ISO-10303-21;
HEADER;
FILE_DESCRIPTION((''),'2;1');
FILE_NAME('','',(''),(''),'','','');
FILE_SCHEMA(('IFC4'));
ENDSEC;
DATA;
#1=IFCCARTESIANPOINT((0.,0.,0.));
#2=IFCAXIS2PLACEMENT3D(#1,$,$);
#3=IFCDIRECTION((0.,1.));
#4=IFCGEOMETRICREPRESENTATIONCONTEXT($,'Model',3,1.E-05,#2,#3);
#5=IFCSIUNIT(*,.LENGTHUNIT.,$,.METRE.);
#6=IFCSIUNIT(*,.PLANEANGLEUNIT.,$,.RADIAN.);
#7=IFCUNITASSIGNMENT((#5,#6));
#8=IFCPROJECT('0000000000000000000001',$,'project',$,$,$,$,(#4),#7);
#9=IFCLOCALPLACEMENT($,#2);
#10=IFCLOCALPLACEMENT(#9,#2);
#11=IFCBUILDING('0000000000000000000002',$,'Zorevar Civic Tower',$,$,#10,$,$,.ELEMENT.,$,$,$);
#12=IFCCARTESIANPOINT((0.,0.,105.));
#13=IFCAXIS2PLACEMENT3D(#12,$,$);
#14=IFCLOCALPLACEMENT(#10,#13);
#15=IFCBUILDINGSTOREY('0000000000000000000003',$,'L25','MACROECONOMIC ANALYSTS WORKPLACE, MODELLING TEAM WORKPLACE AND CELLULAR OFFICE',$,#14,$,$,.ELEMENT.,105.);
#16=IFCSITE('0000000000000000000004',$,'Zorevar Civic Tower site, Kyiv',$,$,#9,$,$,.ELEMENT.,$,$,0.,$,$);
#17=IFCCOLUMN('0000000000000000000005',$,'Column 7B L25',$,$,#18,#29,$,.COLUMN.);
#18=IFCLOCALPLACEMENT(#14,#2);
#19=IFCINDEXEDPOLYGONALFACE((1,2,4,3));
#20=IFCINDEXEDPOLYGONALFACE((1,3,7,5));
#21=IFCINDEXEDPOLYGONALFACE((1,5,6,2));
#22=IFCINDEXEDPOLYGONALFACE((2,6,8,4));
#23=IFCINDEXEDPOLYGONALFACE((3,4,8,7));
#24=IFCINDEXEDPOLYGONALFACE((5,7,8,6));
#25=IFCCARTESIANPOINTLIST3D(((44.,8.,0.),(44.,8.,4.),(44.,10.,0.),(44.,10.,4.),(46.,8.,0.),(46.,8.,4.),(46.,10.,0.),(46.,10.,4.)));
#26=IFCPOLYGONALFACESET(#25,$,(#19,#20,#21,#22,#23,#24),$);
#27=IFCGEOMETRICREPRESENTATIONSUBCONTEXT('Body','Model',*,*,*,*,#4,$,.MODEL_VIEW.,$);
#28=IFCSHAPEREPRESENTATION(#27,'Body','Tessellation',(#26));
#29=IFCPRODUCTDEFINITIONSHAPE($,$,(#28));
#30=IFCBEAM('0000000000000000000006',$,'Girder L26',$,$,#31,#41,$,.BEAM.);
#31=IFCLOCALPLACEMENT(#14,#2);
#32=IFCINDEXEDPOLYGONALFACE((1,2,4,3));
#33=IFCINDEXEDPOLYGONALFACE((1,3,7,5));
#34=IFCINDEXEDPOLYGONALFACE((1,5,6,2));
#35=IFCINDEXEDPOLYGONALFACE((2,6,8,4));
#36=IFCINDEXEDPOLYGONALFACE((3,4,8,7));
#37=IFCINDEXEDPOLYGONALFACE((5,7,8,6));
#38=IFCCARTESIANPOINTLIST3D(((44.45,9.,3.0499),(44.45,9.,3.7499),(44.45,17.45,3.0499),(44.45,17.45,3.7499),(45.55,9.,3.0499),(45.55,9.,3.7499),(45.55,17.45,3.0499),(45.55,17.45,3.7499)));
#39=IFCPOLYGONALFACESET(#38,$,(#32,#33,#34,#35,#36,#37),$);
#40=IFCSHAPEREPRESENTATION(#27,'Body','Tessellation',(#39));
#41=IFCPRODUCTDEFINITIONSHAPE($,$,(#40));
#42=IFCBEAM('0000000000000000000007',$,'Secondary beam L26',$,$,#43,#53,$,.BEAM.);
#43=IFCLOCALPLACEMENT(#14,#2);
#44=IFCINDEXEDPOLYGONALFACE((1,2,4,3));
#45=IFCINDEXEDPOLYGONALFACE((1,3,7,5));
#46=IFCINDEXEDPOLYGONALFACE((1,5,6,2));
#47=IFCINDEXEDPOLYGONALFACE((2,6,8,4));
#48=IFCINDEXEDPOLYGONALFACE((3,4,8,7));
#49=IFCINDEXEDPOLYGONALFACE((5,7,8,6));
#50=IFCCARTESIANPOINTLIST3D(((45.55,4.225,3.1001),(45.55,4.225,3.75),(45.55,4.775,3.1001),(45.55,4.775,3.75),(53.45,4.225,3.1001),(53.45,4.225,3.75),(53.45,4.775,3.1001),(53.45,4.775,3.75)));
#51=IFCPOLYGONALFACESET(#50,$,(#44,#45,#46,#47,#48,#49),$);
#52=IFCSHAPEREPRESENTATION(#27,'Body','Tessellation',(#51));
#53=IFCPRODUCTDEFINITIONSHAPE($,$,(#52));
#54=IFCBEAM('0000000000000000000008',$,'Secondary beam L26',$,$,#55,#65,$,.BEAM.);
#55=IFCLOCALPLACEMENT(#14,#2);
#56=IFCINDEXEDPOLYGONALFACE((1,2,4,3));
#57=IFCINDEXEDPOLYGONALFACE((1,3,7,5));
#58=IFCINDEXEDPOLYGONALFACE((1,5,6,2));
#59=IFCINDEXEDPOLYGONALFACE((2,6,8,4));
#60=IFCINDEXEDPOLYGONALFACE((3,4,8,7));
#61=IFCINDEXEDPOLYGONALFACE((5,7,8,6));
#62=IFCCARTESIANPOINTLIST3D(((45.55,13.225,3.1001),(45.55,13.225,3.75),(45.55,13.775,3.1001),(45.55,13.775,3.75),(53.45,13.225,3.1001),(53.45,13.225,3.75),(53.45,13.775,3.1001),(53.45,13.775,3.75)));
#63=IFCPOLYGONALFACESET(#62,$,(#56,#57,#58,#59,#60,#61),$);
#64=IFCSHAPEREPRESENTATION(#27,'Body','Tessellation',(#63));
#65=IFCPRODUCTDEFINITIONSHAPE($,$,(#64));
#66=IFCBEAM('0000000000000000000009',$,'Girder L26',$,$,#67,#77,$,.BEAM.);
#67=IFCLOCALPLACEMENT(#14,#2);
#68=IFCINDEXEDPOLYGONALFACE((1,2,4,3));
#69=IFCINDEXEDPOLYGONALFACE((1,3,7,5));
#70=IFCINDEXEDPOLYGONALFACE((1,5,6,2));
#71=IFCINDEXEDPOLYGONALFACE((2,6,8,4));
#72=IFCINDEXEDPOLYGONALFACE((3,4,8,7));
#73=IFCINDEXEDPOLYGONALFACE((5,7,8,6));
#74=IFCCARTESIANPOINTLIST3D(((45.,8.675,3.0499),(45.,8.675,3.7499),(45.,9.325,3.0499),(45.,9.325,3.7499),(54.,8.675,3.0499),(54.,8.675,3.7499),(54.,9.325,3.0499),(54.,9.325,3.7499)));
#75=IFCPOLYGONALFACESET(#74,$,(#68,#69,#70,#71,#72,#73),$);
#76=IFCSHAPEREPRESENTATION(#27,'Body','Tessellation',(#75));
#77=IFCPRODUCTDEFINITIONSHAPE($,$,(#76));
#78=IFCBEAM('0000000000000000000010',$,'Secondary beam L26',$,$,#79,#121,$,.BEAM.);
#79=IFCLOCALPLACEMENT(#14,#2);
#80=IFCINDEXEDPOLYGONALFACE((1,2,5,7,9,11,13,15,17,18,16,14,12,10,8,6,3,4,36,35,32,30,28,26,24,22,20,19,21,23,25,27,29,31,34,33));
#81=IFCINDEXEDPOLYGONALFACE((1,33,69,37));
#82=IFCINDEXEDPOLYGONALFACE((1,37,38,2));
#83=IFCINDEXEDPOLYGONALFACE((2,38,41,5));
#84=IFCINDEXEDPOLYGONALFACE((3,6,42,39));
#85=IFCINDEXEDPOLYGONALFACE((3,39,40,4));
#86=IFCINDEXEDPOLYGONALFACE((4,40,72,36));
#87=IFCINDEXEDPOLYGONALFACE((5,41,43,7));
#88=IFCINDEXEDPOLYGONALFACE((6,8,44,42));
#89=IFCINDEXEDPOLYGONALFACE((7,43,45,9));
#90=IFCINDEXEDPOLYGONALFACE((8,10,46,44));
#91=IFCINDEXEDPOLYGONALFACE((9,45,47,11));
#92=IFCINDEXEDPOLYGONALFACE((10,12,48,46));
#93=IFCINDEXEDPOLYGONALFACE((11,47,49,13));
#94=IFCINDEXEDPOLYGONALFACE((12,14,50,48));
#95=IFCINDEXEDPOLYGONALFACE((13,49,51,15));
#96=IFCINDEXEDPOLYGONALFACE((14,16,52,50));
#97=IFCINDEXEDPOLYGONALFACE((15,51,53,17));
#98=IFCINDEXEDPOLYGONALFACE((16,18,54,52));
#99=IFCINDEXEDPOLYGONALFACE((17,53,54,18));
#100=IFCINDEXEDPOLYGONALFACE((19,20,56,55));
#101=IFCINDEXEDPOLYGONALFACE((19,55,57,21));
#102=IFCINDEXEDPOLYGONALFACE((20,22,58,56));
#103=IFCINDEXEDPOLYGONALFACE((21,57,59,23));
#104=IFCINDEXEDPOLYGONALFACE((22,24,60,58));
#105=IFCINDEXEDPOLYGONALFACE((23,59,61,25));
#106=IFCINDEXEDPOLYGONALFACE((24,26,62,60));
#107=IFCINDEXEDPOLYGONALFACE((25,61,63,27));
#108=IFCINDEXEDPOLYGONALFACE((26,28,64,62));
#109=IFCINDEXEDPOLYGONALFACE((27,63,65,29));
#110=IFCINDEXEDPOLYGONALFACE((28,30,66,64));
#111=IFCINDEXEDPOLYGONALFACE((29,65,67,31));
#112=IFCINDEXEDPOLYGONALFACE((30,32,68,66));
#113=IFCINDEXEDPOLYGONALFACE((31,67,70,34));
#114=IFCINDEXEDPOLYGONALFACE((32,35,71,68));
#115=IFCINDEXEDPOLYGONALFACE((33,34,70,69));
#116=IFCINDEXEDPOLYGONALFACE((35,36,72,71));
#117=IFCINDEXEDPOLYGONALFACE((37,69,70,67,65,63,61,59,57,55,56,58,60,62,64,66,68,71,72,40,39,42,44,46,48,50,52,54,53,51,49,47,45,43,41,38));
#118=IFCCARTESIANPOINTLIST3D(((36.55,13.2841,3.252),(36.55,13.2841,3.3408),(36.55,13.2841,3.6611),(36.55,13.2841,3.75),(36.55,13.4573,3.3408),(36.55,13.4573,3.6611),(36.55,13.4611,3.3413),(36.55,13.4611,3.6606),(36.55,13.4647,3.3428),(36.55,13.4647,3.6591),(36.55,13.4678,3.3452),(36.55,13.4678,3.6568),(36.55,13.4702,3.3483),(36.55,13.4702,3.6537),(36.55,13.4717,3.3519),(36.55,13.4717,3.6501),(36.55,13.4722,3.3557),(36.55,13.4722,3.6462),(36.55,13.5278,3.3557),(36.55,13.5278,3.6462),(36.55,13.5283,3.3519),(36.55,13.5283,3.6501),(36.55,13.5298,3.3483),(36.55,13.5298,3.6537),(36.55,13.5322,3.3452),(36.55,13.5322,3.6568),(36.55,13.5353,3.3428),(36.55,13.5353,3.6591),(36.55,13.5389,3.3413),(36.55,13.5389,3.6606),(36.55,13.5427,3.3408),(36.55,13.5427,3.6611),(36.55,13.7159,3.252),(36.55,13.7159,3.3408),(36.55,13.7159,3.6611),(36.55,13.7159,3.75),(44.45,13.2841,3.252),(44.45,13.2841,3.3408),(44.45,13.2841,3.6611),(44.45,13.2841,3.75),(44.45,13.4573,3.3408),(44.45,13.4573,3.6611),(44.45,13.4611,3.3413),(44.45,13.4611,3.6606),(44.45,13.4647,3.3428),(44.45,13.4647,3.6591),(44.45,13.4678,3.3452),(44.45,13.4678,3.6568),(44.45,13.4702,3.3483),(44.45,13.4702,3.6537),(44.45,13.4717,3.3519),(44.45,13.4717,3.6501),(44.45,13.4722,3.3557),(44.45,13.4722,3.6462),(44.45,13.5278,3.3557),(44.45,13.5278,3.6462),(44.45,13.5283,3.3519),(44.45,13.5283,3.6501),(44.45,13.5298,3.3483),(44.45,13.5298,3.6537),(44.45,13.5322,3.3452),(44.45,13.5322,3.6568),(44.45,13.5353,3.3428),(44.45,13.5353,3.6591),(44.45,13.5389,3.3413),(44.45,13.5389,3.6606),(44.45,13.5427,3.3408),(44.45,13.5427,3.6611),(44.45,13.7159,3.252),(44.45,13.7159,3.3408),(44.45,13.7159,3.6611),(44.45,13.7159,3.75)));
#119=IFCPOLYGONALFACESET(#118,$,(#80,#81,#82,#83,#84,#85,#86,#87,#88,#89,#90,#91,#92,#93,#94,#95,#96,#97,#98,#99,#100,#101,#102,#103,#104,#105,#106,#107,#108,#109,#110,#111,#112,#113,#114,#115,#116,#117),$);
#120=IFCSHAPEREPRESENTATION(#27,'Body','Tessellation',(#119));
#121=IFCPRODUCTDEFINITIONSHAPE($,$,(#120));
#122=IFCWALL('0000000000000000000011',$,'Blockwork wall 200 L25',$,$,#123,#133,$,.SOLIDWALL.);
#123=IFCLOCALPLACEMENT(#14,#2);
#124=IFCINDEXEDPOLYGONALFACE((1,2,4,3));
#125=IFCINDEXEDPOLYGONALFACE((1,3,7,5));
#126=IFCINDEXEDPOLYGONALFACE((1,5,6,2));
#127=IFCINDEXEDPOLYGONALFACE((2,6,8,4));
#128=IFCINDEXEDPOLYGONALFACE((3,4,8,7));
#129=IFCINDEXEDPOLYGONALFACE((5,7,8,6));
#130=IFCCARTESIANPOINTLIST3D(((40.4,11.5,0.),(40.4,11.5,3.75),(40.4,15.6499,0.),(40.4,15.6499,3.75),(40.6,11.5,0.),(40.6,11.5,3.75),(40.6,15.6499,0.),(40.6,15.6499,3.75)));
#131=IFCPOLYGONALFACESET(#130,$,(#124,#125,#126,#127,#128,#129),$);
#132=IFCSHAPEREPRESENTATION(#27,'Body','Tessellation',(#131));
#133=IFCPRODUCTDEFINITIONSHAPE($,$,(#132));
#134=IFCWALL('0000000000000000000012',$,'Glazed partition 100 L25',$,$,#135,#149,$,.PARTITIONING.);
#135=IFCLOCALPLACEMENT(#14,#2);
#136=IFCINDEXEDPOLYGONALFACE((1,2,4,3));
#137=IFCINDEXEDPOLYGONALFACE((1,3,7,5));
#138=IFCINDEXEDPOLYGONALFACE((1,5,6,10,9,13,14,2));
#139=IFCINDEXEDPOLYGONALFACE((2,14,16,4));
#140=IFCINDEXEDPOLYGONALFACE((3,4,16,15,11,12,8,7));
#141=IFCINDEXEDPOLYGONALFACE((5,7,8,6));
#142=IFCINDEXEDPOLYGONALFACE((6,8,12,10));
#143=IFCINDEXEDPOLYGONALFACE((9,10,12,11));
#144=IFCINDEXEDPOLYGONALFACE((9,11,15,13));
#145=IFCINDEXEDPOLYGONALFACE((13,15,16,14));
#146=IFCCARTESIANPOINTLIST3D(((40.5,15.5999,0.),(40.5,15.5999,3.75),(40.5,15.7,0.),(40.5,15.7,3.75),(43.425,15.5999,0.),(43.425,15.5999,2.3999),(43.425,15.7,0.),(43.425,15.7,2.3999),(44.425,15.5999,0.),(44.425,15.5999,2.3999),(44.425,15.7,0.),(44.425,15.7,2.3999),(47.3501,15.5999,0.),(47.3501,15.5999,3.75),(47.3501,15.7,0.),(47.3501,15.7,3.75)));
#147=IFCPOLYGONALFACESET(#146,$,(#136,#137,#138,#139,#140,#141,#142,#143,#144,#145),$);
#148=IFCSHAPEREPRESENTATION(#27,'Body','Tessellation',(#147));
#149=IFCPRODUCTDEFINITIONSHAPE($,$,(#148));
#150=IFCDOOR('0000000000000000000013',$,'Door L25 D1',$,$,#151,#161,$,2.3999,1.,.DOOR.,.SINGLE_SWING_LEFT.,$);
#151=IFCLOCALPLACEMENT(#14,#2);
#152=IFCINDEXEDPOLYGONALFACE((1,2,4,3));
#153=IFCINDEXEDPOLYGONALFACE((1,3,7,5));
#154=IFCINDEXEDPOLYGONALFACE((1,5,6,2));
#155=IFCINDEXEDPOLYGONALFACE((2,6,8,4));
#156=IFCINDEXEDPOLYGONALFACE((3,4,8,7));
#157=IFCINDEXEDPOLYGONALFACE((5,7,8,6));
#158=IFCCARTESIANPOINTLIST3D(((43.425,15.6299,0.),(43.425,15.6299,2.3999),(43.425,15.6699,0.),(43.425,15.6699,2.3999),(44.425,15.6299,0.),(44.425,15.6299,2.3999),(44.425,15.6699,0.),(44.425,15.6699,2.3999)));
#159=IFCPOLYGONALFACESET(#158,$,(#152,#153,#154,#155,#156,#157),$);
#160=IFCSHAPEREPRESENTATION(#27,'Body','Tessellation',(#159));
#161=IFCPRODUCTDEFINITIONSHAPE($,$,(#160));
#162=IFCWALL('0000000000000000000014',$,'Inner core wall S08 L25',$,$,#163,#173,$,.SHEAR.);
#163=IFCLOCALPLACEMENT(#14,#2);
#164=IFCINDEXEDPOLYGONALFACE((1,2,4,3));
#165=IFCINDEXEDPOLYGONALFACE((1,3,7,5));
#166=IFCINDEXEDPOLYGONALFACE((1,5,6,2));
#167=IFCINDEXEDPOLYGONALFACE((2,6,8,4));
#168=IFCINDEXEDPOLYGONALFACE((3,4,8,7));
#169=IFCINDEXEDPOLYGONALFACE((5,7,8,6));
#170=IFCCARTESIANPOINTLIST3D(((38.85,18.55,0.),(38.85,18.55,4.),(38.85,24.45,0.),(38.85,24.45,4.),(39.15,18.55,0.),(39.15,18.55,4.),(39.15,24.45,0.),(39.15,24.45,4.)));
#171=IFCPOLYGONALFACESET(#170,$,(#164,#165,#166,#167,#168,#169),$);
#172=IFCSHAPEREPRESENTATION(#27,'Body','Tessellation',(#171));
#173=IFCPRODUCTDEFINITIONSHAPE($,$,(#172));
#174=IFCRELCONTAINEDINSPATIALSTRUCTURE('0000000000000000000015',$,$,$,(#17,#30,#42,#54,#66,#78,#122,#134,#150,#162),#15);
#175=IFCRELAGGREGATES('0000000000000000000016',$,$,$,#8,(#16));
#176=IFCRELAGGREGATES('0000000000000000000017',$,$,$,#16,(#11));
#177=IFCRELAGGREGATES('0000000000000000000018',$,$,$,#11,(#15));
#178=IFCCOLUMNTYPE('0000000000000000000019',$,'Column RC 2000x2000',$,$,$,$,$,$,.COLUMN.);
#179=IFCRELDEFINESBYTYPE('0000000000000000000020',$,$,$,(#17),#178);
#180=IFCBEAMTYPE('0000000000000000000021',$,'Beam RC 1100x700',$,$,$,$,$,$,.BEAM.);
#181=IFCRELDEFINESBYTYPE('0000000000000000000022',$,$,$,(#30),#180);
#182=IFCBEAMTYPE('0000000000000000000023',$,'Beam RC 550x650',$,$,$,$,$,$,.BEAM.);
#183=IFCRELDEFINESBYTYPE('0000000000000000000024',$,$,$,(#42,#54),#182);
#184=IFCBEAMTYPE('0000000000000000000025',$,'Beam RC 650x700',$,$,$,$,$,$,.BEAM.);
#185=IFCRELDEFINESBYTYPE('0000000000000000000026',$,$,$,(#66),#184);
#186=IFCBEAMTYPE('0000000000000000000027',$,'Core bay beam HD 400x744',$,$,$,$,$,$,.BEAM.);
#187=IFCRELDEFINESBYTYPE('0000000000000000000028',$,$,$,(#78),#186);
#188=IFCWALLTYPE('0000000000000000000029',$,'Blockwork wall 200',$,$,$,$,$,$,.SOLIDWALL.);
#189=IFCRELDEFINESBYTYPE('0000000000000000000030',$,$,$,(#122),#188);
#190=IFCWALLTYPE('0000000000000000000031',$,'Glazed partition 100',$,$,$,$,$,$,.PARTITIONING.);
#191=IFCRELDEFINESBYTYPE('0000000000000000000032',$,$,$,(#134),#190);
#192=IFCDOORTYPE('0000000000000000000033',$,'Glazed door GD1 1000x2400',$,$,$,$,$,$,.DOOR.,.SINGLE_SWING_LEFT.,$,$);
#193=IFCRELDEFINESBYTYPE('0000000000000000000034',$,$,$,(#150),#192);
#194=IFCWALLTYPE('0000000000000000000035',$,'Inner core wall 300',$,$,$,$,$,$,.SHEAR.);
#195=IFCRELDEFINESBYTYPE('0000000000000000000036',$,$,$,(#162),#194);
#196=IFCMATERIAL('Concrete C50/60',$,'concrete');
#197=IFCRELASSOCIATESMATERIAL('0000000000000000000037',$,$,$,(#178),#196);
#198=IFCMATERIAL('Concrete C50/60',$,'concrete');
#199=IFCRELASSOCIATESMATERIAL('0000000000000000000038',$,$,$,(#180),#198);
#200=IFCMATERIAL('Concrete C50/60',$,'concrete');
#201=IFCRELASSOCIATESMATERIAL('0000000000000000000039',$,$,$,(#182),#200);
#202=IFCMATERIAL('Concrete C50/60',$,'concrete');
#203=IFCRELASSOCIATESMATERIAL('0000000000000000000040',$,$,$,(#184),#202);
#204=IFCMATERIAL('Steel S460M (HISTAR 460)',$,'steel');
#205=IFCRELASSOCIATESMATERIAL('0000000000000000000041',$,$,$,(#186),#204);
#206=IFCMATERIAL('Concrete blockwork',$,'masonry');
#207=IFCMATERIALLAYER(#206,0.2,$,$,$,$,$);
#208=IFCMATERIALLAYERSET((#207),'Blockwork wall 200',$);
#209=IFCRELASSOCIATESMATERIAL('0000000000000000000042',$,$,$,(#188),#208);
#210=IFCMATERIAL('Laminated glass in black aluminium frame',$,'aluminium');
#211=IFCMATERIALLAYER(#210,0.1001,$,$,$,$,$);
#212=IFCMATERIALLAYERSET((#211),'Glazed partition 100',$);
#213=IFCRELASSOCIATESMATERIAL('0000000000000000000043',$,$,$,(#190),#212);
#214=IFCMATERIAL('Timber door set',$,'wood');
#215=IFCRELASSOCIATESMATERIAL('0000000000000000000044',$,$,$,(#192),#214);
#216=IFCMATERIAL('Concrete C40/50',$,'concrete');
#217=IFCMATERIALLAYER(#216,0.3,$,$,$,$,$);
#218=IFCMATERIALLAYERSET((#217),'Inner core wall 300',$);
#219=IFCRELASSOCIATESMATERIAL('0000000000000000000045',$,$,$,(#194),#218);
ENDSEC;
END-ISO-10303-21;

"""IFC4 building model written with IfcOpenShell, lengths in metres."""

from ifc_helpers import new_model, si_unit, direction, frame, frame_2d, origin, origin_2d, place, context, subcontext, project, spatial, rectangle, i_section, extrude, material, layer, layer_set, material_profile, profile_set, type_object, element, fill, save


model = new_model("IFC4")

# Units and contexts
model_context = context("Model", 3, precision=1e-05, world=origin(), true_north=direction((0.0, 1.0)))
body_context = subcontext(model_context, "Body", "Model", "MODEL_VIEW")
ifc_project = project(units=[si_unit("LENGTHUNIT", "METRE"), si_unit("PLANEANGLEUNIT", "RADIAN")], contexts=[model_context])

# Site, building, storey
site_placement = place(None, origin())
site = spatial("IfcSite", under=ifc_project, at=site_placement, Name="Zorevar Civic Tower site, Kyiv", CompositionType="ELEMENT", RefElevation=0.0)
building_placement = place(site_placement, origin())
building = spatial("IfcBuilding", under=site, at=building_placement, Name="Zorevar Civic Tower", CompositionType="ELEMENT")
storey_placement = place(building_placement, frame((0.0, 0.0, 105.0)))
storey = spatial("IfcBuildingStorey", under=building, at=storey_placement, Name="L25", Description="MACROECONOMIC ANALYSTS WORKPLACE, MODELLING TEAM WORKPLACE AND CELLULAR OFFICE", CompositionType="ELEMENT", Elevation=105.0)

# Column
ifc_material_1 = material(Name="Concrete C50/60", Category="concrete")
ifc_material_profile_1 = material_profile(ifc_material_1, rectangle(XDim=2.0, YDim=2.0, at=origin_2d()), Name="RC 2000x2000")
ifc_profile_set_1 = profile_set([ifc_material_profile_1], Name="Concrete C50/60")
column_type = type_object("IfcColumnType", Name="Column RC 2000x2000", PredefinedType="COLUMN", material=ifc_profile_set_1)
column_placement = place(storey_placement, frame((45.0, 9.0, 0.0), z_axis=(0.0, 0.0, 1.0), x_axis=(1.0, 0.0, 0.0)))
element("IfcColumn", 1, at=column_placement, inside=storey, type_object=column_type, Name="Column 7B L25", PredefinedType="COLUMN", context=body_context, shape_type="SweptSolid", body=[
    extrude(rectangle(XDim=2.0, YDim=2.0, at=origin_2d()), origin(), (0.0, 0.0, 1.0), 4.0),
])

# Beams
ifc_material_2 = material(Name="Concrete C50/60", Category="concrete")
ifc_material_profile_2 = material_profile(ifc_material_2, rectangle(XDim=1.1001, YDim=0.7, at=origin_2d()), Name="RC 1100x700")
ifc_profile_set_2 = profile_set([ifc_material_profile_2], Name="Concrete C50/60")
beam_type_1 = type_object("IfcBeamType", Name="Beam RC 1100x700", PredefinedType="BEAM", material=ifc_profile_set_2)
beam_1_placement = place(storey_placement, frame((45.0, 9.0, 3.3999), z_axis=(0.0, 1.0, 0.0), x_axis=(-1.0, 0.0, 0.0)))
element("IfcBeam", 2, at=beam_1_placement, inside=storey, type_object=beam_type_1, Name="Girder L26", PredefinedType="BEAM", context=body_context, shape_type="SweptSolid", body=[
    extrude(rectangle(XDim=1.1001, YDim=0.7, at=origin_2d()), origin(), (0.0, 0.0, 1.0), 8.45),
])
ifc_material_3 = material(Name="Concrete C50/60", Category="concrete")
ifc_material_profile_3 = material_profile(ifc_material_3, rectangle(XDim=0.55, YDim=0.6499, at=origin_2d()), Name="RC 550x650")
ifc_profile_set_3 = profile_set([ifc_material_profile_3], Name="Concrete C50/60")
beam_type_2 = type_object("IfcBeamType", Name="Beam RC 550x650", PredefinedType="BEAM", material=ifc_profile_set_3)
for number, where, z_axis, x_axis, name in (
    (3, (45.55, 4.5, 3.425), (1.0, 0.0, 0.0), (0.0, 1.0, 0.0), "Secondary beam L26"),
    (4, (45.55, 13.5, 3.425), (1.0, 0.0, 0.0), (0.0, 1.0, 0.0), "Secondary beam L26"),
):
    element("IfcBeam", number, at=place(storey_placement, frame(where, z_axis=z_axis, x_axis=x_axis)), inside=storey, type_object=beam_type_2, Name=name, PredefinedType="BEAM", context=body_context, shape_type="SweptSolid", body=[
        extrude(rectangle(XDim=0.55, YDim=0.6499, at=origin_2d()), origin(), (0.0, 0.0, 1.0), 7.8999),
    ])
ifc_material_4 = material(Name="Concrete C50/60", Category="concrete")
ifc_material_profile_4 = material_profile(ifc_material_4, rectangle(XDim=0.6499, YDim=0.7, at=origin_2d()), Name="RC 650x700")
ifc_profile_set_4 = profile_set([ifc_material_profile_4], Name="Concrete C50/60")
beam_type_3 = type_object("IfcBeamType", Name="Beam RC 650x700", PredefinedType="BEAM", material=ifc_profile_set_4)
beam_2_placement = place(storey_placement, frame((45.0, 9.0, 3.3999), z_axis=(1.0, 0.0, 0.0), x_axis=(0.0, 1.0, 0.0)))
element("IfcBeam", 5, at=beam_2_placement, inside=storey, type_object=beam_type_3, Name="Girder L26", PredefinedType="BEAM", context=body_context, shape_type="SweptSolid", body=[
    extrude(rectangle(XDim=0.6499, YDim=0.7, at=origin_2d()), origin(), (0.0, 0.0, 1.0), 9.0),
])
ifc_material_5 = material(Name="Steel S460M (HISTAR 460)", Category="steel")
ifc_material_profile_5 = material_profile(ifc_material_5, i_section(OverallWidth=0.4319, OverallDepth=0.498, WebThickness=0.0557, FlangeThickness=0.0889, FilletRadius=0.0149, at=origin_2d()), Name="HD 400x744")
ifc_profile_set_5 = profile_set([ifc_material_profile_5], Name="Steel S460M (HISTAR 460)")
beam_type_4 = type_object("IfcBeamType", Name="Core bay beam HD 400x744", PredefinedType="BEAM", material=ifc_profile_set_5)
beam_3_placement = place(storey_placement, frame((36.55, 13.5, 3.501), z_axis=(1.0, 0.0, 0.0), x_axis=(0.0, 1.0, 0.0)))
element("IfcBeam", 6, at=beam_3_placement, inside=storey, type_object=beam_type_4, Name="Secondary beam L26", PredefinedType="BEAM", context=body_context, shape_type="SweptSolid", body=[
    extrude(i_section(OverallWidth=0.4319, OverallDepth=0.498, WebThickness=0.0557, FlangeThickness=0.0889, FilletRadius=0.0149, at=origin_2d()), origin(), (0.0, 0.0, 1.0), 7.8999),
])

# Wall
ifc_material_6 = material(Name="Concrete blockwork", Category="masonry")
ifc_layer_1 = layer(ifc_material_6, 0.2)
ifc_layer_set_1 = layer_set([ifc_layer_1], Name="Blockwork wall 200")
wall_type_1 = type_object("IfcWallType", Name="Blockwork wall 200", PredefinedType="SOLIDWALL", material=ifc_layer_set_1)
wall_1_placement = place(storey_placement, frame((40.5, 11.5, 0.0), z_axis=(0.0, 0.0, 1.0), x_axis=(0.0, 1.0, 0.0)))
element("IfcWall", 7, at=wall_1_placement, inside=storey, type_object=wall_type_1, Name="Blockwork wall 200 L25", PredefinedType="SOLIDWALL", context=body_context, shape_type="SweptSolid", body=[
    extrude(rectangle(XDim=4.1499, YDim=0.2, at=frame_2d((2.075, 0.0))), origin(), (0.0, 0.0, 1.0), 3.75),
])

# Wall, opening, door
ifc_material_7 = material(Name="Laminated glass in black aluminium frame", Category="aluminium")
ifc_layer_2 = layer(ifc_material_7, 0.1001)
ifc_layer_set_2 = layer_set([ifc_layer_2], Name="Glazed partition 100")
wall_type_2 = type_object("IfcWallType", Name="Glazed partition 100", PredefinedType="PARTITIONING", material=ifc_layer_set_2)
wall_2_placement = place(storey_placement, frame((40.5, 15.6499, 0.0), z_axis=(0.0, 0.0, 1.0), x_axis=(1.0, 0.0, 0.0)))
wall_2 = element("IfcWall", 8, at=wall_2_placement, inside=storey, type_object=wall_type_2, Name="Glazed partition 100 L25", PredefinedType="PARTITIONING", context=body_context, shape_type="SweptSolid", body=[
    extrude(rectangle(XDim=6.8501, YDim=0.1001, at=frame_2d((3.425, 0.0))), origin(), (0.0, 0.0, 1.0), 3.75),
])
opening_1_placement = place(wall_2_placement, frame((2.925, 0.0, 0.0)))
opening_1 = element("IfcOpeningElement", 9, at=opening_1_placement, cuts=wall_2, PredefinedType="OPENING", context=body_context, shape_type="SweptSolid", body=[
    extrude(rectangle(XDim=1.0, YDim=2.3999, at=frame_2d((0.5, 1.2))), frame((0.0, 0.0601, 0.0), z_axis=(0.0, -1.0, 0.0), x_axis=(1.0, 0.0, 0.0)), (0.0, 0.0, 1.0), 0.1201),
])
ifc_material_8 = material(Name="Timber door set", Category="wood")
door_type_1 = type_object("IfcDoorType", Name="Glazed door GD1 1000x2400", OperationType="SINGLE_SWING_LEFT", PredefinedType="DOOR", material=ifc_material_8)
door_1_placement = place(opening_1_placement, origin())
door_1 = element("IfcDoor", 10, at=door_1_placement, inside=storey, type_object=door_type_1, Name="Door L25 D1", OperationType="SINGLE_SWING_LEFT", OverallHeight=2.3999, OverallWidth=1.0, PredefinedType="DOOR", context=body_context, shape_type="SweptSolid", body=[
    extrude(rectangle(XDim=1.0, YDim=2.3999, at=frame_2d((0.5, 1.2))), frame((0.0, 0.02, 0.0), z_axis=(0.0, -1.0, 0.0), x_axis=(1.0, 0.0, 0.0)), (0.0, 0.0, 1.0), 0.04),
])
fill(opening_1, door_1)

# Wall
ifc_material_9 = material(Name="Concrete C40/50", Category="concrete")
ifc_layer_3 = layer(ifc_material_9, 0.3)
ifc_layer_set_3 = layer_set([ifc_layer_3], Name="Inner core wall 300")
wall_type_3 = type_object("IfcWallType", Name="Inner core wall 300", PredefinedType="SHEAR", material=ifc_layer_set_3)
wall_3_placement = place(storey_placement, frame((39.0, 18.55, 0.0), z_axis=(0.0, 0.0, 1.0), x_axis=(0.0, 1.0, 0.0)))
element("IfcWall", 11, at=wall_3_placement, inside=storey, type_object=wall_type_3, Name="Inner core wall S08 L25", PredefinedType="SHEAR", context=body_context, shape_type="SweptSolid", body=[
    extrude(rectangle(XDim=5.8999, YDim=0.3, at=frame_2d((2.95, 0.0))), origin(), (0.0, 0.0, 1.0), 4.0),
])

save(model, "model.ifc")
